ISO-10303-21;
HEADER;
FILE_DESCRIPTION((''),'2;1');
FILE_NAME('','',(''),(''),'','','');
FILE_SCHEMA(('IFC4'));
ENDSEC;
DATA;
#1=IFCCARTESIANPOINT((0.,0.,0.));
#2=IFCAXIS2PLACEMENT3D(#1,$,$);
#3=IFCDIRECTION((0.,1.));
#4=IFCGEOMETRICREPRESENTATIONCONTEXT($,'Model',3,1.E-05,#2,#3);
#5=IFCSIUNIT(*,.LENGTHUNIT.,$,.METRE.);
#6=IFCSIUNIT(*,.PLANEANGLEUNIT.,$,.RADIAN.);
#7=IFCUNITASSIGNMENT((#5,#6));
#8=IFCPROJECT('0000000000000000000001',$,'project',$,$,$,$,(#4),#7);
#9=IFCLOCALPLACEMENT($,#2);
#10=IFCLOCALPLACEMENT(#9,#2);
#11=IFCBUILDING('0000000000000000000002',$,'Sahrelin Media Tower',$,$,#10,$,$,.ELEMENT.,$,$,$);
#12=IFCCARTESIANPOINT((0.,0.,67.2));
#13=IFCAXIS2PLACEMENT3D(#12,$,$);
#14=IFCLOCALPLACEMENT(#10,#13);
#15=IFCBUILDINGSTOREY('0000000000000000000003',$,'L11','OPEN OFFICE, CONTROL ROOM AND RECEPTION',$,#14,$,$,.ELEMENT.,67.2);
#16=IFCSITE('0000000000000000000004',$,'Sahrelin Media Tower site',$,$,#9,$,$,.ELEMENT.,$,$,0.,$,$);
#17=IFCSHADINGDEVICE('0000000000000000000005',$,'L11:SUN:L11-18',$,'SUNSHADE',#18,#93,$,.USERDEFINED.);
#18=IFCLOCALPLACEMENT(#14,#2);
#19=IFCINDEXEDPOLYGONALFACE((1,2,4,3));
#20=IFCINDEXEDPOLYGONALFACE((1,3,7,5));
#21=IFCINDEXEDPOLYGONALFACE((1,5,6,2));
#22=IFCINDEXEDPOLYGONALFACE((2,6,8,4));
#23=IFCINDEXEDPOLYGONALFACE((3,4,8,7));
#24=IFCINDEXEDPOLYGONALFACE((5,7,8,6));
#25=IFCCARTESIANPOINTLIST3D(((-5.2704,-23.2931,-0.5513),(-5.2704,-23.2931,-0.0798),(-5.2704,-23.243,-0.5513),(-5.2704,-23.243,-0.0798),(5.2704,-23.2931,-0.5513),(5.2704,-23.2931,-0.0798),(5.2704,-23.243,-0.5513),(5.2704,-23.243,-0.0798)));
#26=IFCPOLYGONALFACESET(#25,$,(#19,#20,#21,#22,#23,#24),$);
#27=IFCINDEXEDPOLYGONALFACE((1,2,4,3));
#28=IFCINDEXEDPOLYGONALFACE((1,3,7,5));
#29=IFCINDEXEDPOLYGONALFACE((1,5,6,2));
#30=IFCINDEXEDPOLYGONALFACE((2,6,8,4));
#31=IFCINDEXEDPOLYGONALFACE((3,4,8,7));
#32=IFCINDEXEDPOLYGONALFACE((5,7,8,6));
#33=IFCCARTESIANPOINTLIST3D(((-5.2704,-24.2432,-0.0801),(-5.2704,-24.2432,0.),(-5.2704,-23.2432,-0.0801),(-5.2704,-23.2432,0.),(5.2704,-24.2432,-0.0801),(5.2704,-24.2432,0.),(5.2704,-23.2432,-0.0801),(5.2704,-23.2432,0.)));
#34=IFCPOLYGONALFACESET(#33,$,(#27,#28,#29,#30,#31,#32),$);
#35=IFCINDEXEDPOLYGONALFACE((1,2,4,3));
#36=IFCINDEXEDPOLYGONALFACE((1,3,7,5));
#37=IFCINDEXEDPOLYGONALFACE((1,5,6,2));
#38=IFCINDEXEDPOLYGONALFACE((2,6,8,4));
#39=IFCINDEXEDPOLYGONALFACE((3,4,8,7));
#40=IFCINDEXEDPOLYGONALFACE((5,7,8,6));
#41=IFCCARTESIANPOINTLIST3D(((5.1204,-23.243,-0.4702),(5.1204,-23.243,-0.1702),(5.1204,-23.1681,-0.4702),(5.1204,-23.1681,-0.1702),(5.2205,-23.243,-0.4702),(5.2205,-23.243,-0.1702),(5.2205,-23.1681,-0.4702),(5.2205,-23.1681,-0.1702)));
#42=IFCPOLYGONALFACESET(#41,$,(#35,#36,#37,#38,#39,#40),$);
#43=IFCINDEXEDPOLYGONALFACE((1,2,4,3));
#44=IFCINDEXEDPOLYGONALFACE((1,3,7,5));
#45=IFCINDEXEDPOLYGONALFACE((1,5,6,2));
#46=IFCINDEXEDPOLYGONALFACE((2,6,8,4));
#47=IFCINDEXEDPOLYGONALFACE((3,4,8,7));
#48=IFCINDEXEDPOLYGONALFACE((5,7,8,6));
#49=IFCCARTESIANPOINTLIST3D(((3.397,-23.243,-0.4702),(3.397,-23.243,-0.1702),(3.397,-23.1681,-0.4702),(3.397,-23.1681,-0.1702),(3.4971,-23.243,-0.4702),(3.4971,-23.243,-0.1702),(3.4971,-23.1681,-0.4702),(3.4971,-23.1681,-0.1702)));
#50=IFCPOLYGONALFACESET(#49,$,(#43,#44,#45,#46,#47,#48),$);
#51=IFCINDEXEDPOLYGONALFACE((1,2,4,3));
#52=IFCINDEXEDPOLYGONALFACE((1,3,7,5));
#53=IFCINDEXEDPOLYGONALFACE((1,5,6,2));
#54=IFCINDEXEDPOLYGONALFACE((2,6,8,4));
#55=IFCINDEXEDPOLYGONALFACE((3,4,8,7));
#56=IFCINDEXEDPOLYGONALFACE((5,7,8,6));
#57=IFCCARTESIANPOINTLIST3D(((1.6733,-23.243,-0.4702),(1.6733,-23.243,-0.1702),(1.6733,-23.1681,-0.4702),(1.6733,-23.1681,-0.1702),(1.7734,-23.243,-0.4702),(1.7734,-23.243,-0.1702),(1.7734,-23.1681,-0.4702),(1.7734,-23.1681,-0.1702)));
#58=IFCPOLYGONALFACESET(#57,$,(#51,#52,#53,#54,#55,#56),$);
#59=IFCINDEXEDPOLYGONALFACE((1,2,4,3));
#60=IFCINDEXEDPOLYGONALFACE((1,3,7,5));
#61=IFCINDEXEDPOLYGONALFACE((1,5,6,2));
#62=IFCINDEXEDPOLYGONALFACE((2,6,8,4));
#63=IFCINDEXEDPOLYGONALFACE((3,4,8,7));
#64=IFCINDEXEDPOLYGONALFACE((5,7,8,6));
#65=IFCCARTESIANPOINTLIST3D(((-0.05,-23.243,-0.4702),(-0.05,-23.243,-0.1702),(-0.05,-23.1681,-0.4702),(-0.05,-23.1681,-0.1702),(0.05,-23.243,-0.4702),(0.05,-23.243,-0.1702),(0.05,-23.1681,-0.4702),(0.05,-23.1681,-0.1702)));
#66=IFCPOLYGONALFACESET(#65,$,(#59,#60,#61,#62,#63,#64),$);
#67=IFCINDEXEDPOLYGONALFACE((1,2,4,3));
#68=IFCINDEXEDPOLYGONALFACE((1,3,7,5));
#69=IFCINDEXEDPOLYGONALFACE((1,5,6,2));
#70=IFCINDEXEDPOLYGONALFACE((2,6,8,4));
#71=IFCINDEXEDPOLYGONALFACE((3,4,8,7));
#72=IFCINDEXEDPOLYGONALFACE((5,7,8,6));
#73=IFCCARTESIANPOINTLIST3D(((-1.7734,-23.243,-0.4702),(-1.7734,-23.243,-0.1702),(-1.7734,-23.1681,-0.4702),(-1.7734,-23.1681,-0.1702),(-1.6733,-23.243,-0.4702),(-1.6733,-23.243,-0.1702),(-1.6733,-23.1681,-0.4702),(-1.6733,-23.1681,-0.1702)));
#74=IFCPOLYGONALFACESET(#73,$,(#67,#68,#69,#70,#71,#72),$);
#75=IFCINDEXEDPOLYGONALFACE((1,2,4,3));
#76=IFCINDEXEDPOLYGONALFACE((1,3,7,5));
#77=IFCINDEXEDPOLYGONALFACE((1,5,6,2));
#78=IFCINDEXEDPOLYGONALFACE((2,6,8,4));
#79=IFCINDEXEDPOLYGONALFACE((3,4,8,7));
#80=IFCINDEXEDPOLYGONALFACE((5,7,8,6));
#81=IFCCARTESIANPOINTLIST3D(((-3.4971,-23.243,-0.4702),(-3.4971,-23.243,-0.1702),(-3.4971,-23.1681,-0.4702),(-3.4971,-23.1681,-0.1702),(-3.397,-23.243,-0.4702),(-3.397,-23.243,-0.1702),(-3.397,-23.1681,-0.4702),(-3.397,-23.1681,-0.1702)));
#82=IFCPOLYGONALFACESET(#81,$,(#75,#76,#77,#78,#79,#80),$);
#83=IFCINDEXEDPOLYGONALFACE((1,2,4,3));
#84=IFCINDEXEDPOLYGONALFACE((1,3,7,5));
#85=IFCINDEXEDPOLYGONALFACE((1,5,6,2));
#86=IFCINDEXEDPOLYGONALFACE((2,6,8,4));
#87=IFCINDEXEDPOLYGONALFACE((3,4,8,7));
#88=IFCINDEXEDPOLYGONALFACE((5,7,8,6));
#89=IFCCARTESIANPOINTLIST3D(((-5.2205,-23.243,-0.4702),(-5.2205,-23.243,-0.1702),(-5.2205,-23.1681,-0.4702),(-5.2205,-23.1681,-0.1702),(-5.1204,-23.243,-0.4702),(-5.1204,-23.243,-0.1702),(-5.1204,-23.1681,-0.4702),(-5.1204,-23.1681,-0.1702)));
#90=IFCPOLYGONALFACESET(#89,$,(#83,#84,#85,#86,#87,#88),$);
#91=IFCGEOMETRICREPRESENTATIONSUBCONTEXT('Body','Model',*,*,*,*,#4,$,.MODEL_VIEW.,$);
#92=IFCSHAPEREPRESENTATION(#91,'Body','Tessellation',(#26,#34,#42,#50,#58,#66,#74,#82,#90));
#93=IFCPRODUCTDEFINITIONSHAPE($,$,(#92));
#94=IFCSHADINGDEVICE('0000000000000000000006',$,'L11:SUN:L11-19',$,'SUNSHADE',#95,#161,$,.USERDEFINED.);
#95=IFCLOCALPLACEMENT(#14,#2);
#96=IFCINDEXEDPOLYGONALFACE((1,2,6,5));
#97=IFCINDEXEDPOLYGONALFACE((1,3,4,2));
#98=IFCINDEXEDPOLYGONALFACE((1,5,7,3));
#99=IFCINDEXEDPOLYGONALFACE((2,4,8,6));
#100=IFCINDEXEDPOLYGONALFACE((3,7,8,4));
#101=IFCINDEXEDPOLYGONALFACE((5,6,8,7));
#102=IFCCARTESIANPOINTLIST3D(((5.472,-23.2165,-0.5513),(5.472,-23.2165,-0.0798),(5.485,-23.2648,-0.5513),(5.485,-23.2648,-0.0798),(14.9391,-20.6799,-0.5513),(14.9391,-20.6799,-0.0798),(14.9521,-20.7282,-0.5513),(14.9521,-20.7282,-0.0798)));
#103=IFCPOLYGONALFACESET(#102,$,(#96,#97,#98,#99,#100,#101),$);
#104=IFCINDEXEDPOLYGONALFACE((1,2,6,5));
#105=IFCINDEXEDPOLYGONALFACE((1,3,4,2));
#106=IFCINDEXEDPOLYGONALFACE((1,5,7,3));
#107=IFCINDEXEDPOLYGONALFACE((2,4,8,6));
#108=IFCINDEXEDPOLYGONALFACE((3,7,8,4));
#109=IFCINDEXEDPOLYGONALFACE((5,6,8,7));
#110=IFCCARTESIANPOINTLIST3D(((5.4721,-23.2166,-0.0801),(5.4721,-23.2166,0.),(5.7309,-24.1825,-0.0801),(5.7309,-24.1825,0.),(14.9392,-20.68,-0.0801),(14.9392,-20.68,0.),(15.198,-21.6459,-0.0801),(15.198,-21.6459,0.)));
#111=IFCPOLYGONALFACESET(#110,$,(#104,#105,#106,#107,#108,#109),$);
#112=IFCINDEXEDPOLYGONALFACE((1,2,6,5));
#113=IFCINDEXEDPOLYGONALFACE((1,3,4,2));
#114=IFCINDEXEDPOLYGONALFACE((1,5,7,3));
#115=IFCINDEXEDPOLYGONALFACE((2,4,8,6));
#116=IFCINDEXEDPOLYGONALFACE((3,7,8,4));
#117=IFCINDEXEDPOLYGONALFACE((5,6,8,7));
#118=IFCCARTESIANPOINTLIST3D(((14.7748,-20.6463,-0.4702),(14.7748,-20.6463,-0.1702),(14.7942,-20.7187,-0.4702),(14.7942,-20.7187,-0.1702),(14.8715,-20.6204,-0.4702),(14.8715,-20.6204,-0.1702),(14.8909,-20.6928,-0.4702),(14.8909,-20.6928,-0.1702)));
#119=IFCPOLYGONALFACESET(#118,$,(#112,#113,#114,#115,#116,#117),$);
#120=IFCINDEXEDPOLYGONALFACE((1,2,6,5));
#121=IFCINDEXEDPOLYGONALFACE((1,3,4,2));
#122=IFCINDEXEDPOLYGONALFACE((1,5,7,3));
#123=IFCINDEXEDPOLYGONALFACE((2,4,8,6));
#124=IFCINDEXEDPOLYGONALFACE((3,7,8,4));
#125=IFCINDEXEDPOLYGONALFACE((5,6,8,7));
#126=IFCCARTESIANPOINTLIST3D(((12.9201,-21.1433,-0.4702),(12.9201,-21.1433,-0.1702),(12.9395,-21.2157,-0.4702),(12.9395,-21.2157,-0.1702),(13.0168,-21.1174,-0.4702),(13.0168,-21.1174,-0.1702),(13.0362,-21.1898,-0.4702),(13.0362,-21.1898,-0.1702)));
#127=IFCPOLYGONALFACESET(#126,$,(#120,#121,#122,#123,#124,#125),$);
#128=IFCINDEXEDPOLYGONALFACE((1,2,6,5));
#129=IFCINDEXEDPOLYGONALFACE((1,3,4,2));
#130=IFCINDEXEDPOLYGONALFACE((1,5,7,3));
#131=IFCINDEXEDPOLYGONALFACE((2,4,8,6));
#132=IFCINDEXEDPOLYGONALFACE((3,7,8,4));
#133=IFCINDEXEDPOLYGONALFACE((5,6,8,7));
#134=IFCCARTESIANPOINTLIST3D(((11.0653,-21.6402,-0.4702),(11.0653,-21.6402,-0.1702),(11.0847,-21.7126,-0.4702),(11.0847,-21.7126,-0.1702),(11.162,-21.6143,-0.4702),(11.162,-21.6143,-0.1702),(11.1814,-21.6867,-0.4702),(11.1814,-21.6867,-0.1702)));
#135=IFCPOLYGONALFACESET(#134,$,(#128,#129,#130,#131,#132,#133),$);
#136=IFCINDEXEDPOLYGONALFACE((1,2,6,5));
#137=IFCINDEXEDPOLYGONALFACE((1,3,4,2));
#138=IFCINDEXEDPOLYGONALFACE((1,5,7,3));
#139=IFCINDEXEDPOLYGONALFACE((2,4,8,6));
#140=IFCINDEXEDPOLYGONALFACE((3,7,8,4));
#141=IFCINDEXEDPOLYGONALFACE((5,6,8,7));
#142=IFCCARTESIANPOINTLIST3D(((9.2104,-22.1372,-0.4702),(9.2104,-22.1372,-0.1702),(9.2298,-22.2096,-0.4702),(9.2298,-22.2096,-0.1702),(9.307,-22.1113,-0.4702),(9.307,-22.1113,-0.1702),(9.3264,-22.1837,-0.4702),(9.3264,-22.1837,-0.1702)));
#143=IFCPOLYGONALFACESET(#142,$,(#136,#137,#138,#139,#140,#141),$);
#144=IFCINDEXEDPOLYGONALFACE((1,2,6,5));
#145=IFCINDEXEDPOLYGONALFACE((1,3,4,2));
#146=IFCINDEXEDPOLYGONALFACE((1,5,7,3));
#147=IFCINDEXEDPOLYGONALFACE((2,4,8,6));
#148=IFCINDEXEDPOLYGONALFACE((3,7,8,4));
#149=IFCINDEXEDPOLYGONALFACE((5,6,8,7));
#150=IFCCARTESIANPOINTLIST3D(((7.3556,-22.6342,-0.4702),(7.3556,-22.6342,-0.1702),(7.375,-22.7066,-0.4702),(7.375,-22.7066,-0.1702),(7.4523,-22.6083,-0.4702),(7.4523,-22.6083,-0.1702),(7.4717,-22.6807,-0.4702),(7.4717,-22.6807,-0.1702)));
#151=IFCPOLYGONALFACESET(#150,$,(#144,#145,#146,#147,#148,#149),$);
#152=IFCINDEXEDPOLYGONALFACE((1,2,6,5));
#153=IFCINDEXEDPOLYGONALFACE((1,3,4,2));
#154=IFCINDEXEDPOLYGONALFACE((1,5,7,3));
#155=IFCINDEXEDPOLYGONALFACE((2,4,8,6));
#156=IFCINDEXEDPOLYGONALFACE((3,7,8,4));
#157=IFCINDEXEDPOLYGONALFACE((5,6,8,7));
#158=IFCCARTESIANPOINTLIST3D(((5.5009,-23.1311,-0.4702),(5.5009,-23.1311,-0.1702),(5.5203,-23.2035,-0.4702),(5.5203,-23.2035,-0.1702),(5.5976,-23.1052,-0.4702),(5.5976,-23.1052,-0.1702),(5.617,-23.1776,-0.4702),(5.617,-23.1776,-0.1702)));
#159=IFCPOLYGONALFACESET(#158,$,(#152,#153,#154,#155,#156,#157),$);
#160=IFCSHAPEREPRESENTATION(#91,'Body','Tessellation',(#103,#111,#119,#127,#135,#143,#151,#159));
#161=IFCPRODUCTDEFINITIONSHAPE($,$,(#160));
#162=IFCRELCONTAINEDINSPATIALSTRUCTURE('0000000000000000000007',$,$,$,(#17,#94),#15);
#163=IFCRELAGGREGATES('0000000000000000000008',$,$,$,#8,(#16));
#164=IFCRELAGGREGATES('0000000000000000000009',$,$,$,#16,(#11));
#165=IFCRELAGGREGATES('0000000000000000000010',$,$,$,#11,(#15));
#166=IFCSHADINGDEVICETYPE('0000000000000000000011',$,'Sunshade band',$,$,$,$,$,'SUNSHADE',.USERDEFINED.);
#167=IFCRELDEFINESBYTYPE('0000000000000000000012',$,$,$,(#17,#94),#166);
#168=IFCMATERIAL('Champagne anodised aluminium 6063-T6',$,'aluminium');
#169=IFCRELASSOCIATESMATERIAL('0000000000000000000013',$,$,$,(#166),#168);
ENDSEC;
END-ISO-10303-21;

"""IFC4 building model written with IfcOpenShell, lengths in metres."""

from ifc_helpers import new_model, si_unit, direction, frame, origin, origin_2d, place, context, subcontext, project, spatial, rectangle, extrude, material, type_object, element, save


model = new_model("IFC4")

# Units and contexts
model_context = context("Model", 3, precision=1e-05, world=origin(), true_north=direction((0.0, 1.0)))
body_context = subcontext(model_context, "Body", "Model", "MODEL_VIEW")
ifc_project = project(units=[si_unit("LENGTHUNIT", "METRE"), si_unit("PLANEANGLEUNIT", "RADIAN")], contexts=[model_context])

# Site, building, storey
site_placement = place(None, origin())
site = spatial("IfcSite", under=ifc_project, at=site_placement, Name="Sahrelin Media Tower site", CompositionType="ELEMENT", RefElevation=0.0)
building_placement = place(site_placement, origin())
building = spatial("IfcBuilding", under=site, at=building_placement, Name="Sahrelin Media Tower", CompositionType="ELEMENT")
storey_placement = place(building_placement, frame((0.0, 0.0, 67.2)))
storey = spatial("IfcBuildingStorey", under=building, at=storey_placement, Name="L11", Description="OPEN OFFICE, CONTROL ROOM AND RECEPTION", CompositionType="ELEMENT", Elevation=67.2)

# Shared definitions
ifc_material_1 = material(Name="Champagne anodised aluminium 6063-T6", Category="aluminium")

# Shading devices
placement_1 = place(storey_placement, frame((0.0, -23.2231, 0.0), z_axis=(0.0, 0.0, 1.0), x_axis=(-1.0, 0.0, 0.0)))
placement_2 = place(storey_placement, frame((10.2004, -21.929, 0.0), z_axis=(0.0, 0.0, 1.0), x_axis=(-0.965929, -0.258808, 0.0)))
shading_device_type_1 = type_object("IfcShadingDeviceType", Name="Sunshade band", ElementType="SUNSHADE", PredefinedType="USERDEFINED", material=ifc_material_1)
element("IfcShadingDevice", 1, at=placement_1, inside=storey, type_object=shading_device_type_1, Name="L11:SUN:L11-18", ObjectType="SUNSHADE", PredefinedType="USERDEFINED", context=body_context, shape_type="SweptSolid", body=[
    extrude(rectangle(XDim=10.5408, YDim=0.05, at=origin_2d()), frame((0.0, 0.0449, -0.5513)), (0.0, 0.0, 1.0), 0.4714),
    extrude(rectangle(XDim=10.5408, YDim=1.0, at=origin_2d()), frame((0.0, 0.52, -0.0801)), (0.0, 0.0, 1.0), 0.0801),
    extrude(rectangle(XDim=0.1001, YDim=0.075, at=origin_2d()), frame((-5.1704, -0.0176, -0.4702)), (0.0, 0.0, 1.0), 0.3),
    extrude(rectangle(XDim=0.1001, YDim=0.075, at=origin_2d()), frame((-3.447, -0.0176, -0.4702)), (0.0, 0.0, 1.0), 0.3),
    extrude(rectangle(XDim=0.1001, YDim=0.075, at=origin_2d()), frame((-1.7234, -0.0176, -0.4702)), (0.0, 0.0, 1.0), 0.3),
    extrude(rectangle(XDim=0.1001, YDim=0.075, at=origin_2d()), frame((0.0, -0.0176, -0.4702)), (0.0, 0.0, 1.0), 0.3),
    extrude(rectangle(XDim=0.1001, YDim=0.075, at=origin_2d()), frame((1.7234, -0.0176, -0.4702)), (0.0, 0.0, 1.0), 0.3),
    extrude(rectangle(XDim=0.1001, YDim=0.075, at=origin_2d()), frame((3.447, -0.0176, -0.4702)), (0.0, 0.0, 1.0), 0.3),
    extrude(rectangle(XDim=0.1001, YDim=0.075, at=origin_2d()), frame((5.1704, -0.0176, -0.4702)), (0.0, 0.0, 1.0), 0.3),
])
element("IfcShadingDevice", 2, at=placement_2, inside=storey, type_object=shading_device_type_1, Name="L11:SUN:L11-19", ObjectType="SUNSHADE", PredefinedType="USERDEFINED", context=body_context, shape_type="SweptSolid", body=[
    extrude(rectangle(XDim=9.801, YDim=0.05, at=origin_2d()), frame((0.0, 0.0449, -0.5513)), (0.0, 0.0, 1.0), 0.4714),
    extrude(rectangle(XDim=9.801, YDim=1.0, at=origin_2d()), frame((0.0, 0.52, -0.0801)), (0.0, 0.0, 1.0), 0.0801),
    extrude(rectangle(XDim=0.1001, YDim=0.075, at=origin_2d()), frame((-4.8005, -0.0176, -0.4702)), (0.0, 0.0, 1.0), 0.3),
    extrude(rectangle(XDim=0.1001, YDim=0.075, at=origin_2d()), frame((-2.8804, -0.0176, -0.4702)), (0.0, 0.0, 1.0), 0.3),
    extrude(rectangle(XDim=0.1001, YDim=0.075, at=origin_2d()), frame((-0.9602, -0.0176, -0.4702)), (0.0, 0.0, 1.0), 0.3),
    extrude(rectangle(XDim=0.1001, YDim=0.075, at=origin_2d()), frame((0.9602, -0.0176, -0.4702)), (0.0, 0.0, 1.0), 0.3),
    extrude(rectangle(XDim=0.1001, YDim=0.075, at=origin_2d()), frame((2.8804, -0.0176, -0.4702)), (0.0, 0.0, 1.0), 0.3),
    extrude(rectangle(XDim=0.1001, YDim=0.075, at=origin_2d()), frame((4.8005, -0.0176, -0.4702)), (0.0, 0.0, 1.0), 0.3),
])

save(model, "model.ifc")
